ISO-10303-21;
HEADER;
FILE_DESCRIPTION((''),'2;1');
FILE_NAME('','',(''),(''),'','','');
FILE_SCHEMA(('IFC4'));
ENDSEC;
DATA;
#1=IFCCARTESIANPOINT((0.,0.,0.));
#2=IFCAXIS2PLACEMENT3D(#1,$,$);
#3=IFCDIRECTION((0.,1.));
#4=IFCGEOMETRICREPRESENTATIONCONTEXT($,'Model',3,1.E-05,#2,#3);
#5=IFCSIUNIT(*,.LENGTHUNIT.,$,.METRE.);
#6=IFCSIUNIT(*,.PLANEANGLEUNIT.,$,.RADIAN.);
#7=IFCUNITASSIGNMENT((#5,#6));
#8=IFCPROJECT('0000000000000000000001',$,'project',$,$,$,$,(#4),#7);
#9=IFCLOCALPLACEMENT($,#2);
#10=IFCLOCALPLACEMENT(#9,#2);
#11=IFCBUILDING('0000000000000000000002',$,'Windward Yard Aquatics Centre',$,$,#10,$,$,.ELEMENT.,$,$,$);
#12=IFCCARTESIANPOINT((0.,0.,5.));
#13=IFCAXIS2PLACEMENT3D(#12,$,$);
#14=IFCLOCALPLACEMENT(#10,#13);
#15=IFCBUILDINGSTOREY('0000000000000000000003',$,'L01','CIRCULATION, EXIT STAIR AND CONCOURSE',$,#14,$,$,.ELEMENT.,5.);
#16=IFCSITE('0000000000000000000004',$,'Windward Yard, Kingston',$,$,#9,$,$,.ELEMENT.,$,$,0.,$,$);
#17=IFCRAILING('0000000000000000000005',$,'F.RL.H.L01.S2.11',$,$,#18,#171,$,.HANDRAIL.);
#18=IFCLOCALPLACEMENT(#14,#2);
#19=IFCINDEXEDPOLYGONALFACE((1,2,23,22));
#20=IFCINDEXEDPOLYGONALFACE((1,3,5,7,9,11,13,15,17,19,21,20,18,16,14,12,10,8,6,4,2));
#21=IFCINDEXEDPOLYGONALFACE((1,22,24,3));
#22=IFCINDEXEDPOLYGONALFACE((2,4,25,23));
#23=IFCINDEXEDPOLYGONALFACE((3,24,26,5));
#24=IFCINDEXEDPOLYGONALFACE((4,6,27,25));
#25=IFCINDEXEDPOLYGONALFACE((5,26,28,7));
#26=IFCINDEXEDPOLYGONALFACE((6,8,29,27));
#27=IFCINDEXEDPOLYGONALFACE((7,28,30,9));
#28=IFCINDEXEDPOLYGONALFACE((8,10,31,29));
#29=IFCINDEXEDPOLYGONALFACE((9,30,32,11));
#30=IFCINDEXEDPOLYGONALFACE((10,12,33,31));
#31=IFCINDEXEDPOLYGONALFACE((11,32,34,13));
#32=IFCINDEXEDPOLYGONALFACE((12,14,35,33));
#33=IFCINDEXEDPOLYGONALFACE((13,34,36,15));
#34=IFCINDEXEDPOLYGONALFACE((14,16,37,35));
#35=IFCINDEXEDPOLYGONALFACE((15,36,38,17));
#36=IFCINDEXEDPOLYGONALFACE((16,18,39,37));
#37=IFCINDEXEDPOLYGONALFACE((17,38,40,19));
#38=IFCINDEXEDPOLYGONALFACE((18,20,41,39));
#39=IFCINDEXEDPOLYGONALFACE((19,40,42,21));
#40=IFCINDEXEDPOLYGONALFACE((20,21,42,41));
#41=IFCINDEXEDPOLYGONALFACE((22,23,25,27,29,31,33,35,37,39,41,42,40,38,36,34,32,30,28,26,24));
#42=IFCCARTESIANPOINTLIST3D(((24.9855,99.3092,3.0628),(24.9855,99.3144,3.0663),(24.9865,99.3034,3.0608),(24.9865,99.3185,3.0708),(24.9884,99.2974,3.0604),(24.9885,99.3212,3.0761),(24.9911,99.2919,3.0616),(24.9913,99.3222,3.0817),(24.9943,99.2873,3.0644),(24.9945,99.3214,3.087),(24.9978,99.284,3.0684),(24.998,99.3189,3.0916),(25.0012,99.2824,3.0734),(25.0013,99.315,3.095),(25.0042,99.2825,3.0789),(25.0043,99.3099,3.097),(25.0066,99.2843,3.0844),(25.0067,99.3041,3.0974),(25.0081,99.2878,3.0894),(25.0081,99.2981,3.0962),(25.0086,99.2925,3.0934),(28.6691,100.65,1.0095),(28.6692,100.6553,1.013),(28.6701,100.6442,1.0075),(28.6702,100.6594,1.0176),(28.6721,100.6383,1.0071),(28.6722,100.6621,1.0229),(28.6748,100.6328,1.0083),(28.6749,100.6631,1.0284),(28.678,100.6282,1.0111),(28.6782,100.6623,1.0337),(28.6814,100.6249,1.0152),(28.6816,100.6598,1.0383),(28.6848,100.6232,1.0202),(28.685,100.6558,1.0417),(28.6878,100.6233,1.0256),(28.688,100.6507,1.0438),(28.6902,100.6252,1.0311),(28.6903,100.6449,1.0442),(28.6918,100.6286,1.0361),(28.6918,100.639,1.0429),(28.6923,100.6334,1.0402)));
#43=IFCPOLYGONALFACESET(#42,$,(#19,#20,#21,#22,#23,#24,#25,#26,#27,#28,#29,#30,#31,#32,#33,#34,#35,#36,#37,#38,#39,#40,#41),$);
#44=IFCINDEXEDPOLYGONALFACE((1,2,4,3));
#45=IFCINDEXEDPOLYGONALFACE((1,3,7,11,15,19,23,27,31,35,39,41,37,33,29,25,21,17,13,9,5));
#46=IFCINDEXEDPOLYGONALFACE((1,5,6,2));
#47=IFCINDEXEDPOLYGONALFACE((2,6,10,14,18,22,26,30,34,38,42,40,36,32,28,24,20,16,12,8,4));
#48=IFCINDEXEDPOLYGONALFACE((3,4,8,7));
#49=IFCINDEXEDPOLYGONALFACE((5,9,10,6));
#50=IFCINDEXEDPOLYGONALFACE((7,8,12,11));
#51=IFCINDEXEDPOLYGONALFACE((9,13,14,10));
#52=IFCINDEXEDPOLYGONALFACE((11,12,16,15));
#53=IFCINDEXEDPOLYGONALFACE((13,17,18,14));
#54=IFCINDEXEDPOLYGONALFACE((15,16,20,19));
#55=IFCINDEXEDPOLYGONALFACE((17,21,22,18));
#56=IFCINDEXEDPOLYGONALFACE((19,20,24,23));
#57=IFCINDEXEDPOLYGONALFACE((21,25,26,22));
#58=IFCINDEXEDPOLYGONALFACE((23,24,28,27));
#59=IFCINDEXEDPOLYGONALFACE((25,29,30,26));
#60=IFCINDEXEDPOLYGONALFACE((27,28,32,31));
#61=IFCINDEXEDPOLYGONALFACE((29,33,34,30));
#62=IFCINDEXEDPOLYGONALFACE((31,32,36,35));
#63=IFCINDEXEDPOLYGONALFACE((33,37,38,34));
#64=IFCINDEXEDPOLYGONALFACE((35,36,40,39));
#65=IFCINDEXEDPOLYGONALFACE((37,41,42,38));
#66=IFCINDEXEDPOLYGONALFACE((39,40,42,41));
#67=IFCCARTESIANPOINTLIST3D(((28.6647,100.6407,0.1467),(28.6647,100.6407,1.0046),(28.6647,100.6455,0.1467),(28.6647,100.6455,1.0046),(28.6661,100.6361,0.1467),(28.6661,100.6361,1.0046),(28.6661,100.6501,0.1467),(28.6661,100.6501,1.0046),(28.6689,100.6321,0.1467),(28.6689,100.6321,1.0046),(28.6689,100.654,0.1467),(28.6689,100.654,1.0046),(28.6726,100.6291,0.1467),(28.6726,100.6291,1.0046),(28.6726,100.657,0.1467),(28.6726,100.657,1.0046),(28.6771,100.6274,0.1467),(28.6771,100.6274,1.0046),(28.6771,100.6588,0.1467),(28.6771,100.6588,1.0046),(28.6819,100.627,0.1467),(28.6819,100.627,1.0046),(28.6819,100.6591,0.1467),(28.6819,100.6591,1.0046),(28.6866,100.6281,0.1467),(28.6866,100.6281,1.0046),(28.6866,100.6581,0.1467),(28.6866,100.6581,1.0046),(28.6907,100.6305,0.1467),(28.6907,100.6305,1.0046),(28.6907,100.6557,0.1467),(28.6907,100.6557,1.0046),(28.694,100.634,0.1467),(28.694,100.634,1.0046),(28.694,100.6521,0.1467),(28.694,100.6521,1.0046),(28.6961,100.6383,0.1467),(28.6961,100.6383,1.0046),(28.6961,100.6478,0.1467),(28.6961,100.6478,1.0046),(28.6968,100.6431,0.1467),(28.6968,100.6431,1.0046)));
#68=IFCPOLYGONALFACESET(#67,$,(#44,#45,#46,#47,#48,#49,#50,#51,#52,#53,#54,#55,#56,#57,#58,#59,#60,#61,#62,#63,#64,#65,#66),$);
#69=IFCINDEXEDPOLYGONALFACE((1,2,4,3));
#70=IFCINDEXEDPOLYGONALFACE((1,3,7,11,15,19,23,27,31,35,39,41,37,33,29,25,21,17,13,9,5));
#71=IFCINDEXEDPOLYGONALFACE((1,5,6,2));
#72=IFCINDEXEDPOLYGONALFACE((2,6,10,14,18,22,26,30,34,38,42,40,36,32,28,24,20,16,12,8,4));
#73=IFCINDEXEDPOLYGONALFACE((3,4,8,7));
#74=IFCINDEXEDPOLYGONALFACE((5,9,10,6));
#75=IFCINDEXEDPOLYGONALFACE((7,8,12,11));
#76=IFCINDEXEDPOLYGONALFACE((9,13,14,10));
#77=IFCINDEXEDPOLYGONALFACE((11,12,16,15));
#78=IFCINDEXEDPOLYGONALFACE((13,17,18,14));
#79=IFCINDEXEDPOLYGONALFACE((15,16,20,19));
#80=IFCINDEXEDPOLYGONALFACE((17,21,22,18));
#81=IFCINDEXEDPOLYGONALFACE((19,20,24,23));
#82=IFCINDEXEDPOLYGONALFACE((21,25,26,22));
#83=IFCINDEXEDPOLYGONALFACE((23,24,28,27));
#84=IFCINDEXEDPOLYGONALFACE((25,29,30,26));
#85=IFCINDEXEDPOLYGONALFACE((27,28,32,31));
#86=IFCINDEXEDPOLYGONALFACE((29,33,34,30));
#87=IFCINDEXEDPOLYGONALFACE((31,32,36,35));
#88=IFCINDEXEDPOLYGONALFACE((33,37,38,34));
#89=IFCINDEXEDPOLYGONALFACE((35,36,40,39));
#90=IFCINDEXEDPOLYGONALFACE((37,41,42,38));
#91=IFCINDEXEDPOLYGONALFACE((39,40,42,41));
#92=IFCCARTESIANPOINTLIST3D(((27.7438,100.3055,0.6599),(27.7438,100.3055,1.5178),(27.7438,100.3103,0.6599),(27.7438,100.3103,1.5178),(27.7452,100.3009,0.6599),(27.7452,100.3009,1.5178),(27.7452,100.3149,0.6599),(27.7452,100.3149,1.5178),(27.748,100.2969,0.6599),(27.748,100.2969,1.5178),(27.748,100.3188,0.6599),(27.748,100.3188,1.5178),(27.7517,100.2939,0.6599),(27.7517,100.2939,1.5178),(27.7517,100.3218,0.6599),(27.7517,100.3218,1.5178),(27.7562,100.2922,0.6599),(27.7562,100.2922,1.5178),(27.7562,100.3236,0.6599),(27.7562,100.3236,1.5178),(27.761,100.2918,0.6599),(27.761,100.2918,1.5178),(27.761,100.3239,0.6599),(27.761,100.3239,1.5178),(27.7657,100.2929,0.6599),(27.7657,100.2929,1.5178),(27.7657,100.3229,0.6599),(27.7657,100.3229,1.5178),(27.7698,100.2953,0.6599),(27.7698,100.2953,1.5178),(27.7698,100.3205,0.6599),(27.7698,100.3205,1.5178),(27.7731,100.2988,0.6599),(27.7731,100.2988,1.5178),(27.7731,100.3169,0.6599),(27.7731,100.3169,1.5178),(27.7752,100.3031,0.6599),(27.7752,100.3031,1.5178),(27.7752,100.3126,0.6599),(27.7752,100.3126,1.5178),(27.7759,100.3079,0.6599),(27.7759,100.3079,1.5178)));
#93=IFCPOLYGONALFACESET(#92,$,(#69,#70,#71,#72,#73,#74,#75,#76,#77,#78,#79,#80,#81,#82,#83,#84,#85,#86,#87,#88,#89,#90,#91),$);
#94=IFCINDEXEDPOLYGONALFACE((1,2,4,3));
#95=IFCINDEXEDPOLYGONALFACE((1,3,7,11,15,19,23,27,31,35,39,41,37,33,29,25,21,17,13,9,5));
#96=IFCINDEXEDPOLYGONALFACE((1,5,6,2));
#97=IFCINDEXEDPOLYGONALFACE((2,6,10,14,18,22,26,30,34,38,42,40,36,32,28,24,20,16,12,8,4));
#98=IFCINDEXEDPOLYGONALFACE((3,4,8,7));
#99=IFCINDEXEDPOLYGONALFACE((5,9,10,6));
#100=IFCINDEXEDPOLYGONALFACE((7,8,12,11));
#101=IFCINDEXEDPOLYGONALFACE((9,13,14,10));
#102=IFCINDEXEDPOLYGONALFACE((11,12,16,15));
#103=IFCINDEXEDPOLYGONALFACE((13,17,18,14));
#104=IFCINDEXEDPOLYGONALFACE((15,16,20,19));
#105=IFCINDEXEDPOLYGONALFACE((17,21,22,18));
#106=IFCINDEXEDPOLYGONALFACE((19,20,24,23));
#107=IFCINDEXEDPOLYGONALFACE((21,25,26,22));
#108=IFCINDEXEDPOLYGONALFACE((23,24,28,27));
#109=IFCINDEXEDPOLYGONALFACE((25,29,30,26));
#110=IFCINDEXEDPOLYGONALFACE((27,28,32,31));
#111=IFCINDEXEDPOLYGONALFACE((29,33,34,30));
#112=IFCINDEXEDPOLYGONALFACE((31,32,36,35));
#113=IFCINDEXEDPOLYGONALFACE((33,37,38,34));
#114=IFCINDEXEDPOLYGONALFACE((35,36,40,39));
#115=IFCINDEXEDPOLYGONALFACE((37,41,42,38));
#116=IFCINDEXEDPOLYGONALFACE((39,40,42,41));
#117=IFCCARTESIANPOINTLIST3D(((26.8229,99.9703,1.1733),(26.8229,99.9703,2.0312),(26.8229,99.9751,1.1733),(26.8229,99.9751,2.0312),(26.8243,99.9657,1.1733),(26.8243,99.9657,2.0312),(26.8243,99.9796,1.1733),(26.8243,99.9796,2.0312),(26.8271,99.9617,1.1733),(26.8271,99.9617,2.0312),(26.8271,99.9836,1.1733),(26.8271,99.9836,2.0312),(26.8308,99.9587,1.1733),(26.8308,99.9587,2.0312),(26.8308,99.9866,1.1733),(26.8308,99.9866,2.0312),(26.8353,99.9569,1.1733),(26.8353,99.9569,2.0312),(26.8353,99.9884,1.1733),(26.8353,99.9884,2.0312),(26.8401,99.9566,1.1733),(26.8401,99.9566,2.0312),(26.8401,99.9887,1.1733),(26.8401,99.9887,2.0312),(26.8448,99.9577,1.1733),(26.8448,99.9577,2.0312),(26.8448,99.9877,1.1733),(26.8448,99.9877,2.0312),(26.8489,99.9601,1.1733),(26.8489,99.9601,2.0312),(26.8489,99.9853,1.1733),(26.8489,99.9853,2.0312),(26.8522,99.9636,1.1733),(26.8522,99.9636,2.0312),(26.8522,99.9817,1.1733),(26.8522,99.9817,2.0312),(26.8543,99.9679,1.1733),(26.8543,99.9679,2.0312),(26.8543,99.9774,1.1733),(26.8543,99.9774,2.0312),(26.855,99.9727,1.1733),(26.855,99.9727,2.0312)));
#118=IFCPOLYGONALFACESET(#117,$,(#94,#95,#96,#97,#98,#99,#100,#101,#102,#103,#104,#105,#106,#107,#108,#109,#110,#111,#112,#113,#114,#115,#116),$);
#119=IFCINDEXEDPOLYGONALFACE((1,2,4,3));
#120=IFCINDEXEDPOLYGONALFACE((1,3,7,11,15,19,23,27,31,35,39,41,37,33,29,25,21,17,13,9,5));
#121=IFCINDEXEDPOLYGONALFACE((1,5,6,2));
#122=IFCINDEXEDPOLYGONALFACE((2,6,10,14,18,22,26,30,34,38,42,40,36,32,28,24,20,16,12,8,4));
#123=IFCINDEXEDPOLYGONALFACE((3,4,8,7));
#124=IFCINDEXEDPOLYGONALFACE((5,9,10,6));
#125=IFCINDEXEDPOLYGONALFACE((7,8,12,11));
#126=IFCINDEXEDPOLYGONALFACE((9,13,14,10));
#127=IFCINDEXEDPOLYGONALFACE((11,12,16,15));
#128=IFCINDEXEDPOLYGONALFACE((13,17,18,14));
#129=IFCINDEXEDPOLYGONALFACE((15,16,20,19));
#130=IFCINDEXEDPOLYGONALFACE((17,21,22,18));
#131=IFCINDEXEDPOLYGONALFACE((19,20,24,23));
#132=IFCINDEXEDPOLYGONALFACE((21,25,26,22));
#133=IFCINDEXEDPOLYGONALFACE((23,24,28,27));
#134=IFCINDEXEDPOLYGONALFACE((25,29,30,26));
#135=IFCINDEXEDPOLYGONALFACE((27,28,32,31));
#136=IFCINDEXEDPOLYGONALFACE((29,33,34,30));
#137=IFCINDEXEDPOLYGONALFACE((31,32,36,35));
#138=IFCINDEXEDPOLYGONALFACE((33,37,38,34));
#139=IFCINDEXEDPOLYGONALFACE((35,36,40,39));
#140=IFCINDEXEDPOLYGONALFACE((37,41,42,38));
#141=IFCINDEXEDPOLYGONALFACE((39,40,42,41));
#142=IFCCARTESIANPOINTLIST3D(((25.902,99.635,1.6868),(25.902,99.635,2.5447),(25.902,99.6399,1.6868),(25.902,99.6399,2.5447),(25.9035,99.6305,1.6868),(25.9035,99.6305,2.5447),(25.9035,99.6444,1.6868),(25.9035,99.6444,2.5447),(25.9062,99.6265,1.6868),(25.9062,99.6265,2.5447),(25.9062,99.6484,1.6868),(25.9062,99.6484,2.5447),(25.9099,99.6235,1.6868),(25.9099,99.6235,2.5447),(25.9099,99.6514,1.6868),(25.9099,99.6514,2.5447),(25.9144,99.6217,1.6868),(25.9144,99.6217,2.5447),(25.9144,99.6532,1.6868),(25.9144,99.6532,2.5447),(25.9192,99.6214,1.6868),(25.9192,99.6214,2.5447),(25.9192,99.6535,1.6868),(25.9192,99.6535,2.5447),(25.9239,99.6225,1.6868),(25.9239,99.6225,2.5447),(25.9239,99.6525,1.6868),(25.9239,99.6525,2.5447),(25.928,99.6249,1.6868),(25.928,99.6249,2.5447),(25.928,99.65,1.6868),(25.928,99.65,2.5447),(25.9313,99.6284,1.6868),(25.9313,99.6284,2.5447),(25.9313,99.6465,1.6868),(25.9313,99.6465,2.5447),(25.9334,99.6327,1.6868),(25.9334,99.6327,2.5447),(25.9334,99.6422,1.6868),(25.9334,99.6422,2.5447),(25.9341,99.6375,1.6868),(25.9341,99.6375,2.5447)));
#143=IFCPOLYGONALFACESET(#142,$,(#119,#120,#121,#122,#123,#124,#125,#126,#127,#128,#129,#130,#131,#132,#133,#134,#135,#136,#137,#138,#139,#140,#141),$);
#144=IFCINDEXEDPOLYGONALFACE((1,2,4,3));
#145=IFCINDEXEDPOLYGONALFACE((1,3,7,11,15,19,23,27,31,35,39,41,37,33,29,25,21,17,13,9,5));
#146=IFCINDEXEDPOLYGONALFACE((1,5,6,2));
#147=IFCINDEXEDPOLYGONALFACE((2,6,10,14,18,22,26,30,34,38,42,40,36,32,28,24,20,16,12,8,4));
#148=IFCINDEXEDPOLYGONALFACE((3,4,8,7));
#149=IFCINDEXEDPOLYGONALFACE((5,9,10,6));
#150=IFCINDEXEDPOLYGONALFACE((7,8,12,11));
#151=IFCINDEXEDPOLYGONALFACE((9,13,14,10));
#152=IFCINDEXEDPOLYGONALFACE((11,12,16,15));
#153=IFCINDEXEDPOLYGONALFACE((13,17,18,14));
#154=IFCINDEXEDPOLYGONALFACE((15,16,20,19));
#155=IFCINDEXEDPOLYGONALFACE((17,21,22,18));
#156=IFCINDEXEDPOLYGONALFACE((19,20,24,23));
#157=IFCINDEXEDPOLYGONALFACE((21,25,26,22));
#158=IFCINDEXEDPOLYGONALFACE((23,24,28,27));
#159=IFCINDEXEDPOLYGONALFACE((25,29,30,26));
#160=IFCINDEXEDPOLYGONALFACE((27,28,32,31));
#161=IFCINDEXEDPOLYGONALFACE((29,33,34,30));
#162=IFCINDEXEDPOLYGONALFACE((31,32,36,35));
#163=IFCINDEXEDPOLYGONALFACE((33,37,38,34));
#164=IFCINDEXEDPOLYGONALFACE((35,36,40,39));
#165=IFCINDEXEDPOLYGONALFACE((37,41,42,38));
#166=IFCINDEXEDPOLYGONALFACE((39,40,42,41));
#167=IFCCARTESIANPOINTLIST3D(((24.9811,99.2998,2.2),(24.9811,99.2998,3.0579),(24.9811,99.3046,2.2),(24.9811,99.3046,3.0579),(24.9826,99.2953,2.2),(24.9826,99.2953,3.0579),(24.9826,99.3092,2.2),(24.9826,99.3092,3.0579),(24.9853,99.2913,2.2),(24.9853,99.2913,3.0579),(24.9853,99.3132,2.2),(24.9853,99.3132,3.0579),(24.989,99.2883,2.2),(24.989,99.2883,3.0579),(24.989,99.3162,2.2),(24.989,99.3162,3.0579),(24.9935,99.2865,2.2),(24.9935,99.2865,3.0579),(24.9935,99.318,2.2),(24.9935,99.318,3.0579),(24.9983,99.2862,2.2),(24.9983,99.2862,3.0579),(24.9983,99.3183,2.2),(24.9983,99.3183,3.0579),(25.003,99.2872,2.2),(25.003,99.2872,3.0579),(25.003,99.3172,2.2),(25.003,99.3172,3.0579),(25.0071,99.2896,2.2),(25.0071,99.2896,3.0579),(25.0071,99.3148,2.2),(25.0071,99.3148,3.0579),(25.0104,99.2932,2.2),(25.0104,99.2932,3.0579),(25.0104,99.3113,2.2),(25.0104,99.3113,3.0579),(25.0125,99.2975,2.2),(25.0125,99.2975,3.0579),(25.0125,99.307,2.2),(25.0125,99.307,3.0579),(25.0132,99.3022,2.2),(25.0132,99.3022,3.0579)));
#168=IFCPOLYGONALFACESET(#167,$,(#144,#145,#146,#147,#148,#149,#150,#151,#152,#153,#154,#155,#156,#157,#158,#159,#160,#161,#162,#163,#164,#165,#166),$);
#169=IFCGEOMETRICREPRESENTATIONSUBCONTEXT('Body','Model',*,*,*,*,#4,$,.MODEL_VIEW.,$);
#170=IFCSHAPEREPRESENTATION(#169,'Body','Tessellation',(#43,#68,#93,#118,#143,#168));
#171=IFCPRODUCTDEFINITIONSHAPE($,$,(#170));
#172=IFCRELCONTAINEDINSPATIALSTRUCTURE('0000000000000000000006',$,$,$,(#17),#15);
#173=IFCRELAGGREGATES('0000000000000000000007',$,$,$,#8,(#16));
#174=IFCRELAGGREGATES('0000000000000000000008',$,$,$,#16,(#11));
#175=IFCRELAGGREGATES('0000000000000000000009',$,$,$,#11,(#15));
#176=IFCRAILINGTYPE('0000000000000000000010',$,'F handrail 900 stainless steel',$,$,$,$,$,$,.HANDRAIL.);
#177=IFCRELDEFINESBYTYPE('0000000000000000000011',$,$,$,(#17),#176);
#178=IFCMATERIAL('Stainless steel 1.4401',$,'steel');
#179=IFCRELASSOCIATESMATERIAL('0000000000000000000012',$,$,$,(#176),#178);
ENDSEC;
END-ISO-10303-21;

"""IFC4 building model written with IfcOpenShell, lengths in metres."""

from ifc_helpers import new_model, si_unit, direction, frame, origin, origin_2d, place, context, subcontext, project, spatial, circle, extrude, material, type_object, element, save


model = new_model("IFC4")

# Units and contexts
model_context = context("Model", 3, precision=1e-05, world=origin(), true_north=direction((0.0, 1.0)))
body_context = subcontext(model_context, "Body", "Model", "MODEL_VIEW")
ifc_project = project(units=[si_unit("LENGTHUNIT", "METRE"), si_unit("PLANEANGLEUNIT", "RADIAN")], contexts=[model_context])

# Site, building, storey
site_placement = place(None, origin())
site = spatial("IfcSite", under=ifc_project, at=site_placement, Name="Windward Yard, Kingston", CompositionType="ELEMENT", RefElevation=0.0)
building_placement = place(site_placement, origin())
building = spatial("IfcBuilding", under=site, at=building_placement, Name="Windward Yard Aquatics Centre", CompositionType="ELEMENT")
storey_placement = place(building_placement, frame((0.0, 0.0, 5.0)))
storey = spatial("IfcBuildingStorey", under=building, at=storey_placement, Name="L01", Description="CIRCULATION, EXIT STAIR AND CONCOURSE", CompositionType="ELEMENT", Elevation=5.0)

# Railing
ifc_material_1 = material(Name="Stainless steel 1.4401", Category="steel")
railing_type = type_object("IfcRailingType", Name="F handrail 900 stainless steel", PredefinedType="HANDRAIL", material=ifc_material_1)
for number, where, name in (
    (1, (28.6807, 100.6431, 0.1467), "F.RL.H.L01.S2.11"),
):
    element("IfcRailing", number, at=place(storey_placement, frame(where)), inside=storey, type_object=railing_type, Name=name, PredefinedType="HANDRAIL", context=body_context, shape_type="SweptSolid", body=[
        extrude(circle(Radius=0.021, at=origin_2d()), frame((0.0, 0.0, 0.8789), z_axis=(-0.832413, -0.302997, 0.463984), x_axis=(0.342043, -0.939684, 0.0)), (0.0, 0.0, 1.0), 4.4253),
        extrude(circle(Radius=0.0161, at=origin_2d()), origin(), (0.0, 0.0, 1.0), 0.8579),
        extrude(circle(Radius=0.0161, at=origin_2d()), frame((-0.9209, -0.3352, 0.5132)), (0.0, 0.0, 1.0), 0.8579),
        extrude(circle(Radius=0.0161, at=origin_2d()), frame((-1.8418, -0.6704, 1.0266)), (0.0, 0.0, 1.0), 0.8579),
        extrude(circle(Radius=0.0161, at=origin_2d()), frame((-2.7627, -1.0056, 1.54)), (0.0, 0.0, 1.0), 0.8579),
        extrude(circle(Radius=0.0161, at=origin_2d()), frame((-3.6836, -1.3408, 2.0532)), (0.0, 0.0, 1.0), 0.8579),
    ])

save(model, "model.ifc")
